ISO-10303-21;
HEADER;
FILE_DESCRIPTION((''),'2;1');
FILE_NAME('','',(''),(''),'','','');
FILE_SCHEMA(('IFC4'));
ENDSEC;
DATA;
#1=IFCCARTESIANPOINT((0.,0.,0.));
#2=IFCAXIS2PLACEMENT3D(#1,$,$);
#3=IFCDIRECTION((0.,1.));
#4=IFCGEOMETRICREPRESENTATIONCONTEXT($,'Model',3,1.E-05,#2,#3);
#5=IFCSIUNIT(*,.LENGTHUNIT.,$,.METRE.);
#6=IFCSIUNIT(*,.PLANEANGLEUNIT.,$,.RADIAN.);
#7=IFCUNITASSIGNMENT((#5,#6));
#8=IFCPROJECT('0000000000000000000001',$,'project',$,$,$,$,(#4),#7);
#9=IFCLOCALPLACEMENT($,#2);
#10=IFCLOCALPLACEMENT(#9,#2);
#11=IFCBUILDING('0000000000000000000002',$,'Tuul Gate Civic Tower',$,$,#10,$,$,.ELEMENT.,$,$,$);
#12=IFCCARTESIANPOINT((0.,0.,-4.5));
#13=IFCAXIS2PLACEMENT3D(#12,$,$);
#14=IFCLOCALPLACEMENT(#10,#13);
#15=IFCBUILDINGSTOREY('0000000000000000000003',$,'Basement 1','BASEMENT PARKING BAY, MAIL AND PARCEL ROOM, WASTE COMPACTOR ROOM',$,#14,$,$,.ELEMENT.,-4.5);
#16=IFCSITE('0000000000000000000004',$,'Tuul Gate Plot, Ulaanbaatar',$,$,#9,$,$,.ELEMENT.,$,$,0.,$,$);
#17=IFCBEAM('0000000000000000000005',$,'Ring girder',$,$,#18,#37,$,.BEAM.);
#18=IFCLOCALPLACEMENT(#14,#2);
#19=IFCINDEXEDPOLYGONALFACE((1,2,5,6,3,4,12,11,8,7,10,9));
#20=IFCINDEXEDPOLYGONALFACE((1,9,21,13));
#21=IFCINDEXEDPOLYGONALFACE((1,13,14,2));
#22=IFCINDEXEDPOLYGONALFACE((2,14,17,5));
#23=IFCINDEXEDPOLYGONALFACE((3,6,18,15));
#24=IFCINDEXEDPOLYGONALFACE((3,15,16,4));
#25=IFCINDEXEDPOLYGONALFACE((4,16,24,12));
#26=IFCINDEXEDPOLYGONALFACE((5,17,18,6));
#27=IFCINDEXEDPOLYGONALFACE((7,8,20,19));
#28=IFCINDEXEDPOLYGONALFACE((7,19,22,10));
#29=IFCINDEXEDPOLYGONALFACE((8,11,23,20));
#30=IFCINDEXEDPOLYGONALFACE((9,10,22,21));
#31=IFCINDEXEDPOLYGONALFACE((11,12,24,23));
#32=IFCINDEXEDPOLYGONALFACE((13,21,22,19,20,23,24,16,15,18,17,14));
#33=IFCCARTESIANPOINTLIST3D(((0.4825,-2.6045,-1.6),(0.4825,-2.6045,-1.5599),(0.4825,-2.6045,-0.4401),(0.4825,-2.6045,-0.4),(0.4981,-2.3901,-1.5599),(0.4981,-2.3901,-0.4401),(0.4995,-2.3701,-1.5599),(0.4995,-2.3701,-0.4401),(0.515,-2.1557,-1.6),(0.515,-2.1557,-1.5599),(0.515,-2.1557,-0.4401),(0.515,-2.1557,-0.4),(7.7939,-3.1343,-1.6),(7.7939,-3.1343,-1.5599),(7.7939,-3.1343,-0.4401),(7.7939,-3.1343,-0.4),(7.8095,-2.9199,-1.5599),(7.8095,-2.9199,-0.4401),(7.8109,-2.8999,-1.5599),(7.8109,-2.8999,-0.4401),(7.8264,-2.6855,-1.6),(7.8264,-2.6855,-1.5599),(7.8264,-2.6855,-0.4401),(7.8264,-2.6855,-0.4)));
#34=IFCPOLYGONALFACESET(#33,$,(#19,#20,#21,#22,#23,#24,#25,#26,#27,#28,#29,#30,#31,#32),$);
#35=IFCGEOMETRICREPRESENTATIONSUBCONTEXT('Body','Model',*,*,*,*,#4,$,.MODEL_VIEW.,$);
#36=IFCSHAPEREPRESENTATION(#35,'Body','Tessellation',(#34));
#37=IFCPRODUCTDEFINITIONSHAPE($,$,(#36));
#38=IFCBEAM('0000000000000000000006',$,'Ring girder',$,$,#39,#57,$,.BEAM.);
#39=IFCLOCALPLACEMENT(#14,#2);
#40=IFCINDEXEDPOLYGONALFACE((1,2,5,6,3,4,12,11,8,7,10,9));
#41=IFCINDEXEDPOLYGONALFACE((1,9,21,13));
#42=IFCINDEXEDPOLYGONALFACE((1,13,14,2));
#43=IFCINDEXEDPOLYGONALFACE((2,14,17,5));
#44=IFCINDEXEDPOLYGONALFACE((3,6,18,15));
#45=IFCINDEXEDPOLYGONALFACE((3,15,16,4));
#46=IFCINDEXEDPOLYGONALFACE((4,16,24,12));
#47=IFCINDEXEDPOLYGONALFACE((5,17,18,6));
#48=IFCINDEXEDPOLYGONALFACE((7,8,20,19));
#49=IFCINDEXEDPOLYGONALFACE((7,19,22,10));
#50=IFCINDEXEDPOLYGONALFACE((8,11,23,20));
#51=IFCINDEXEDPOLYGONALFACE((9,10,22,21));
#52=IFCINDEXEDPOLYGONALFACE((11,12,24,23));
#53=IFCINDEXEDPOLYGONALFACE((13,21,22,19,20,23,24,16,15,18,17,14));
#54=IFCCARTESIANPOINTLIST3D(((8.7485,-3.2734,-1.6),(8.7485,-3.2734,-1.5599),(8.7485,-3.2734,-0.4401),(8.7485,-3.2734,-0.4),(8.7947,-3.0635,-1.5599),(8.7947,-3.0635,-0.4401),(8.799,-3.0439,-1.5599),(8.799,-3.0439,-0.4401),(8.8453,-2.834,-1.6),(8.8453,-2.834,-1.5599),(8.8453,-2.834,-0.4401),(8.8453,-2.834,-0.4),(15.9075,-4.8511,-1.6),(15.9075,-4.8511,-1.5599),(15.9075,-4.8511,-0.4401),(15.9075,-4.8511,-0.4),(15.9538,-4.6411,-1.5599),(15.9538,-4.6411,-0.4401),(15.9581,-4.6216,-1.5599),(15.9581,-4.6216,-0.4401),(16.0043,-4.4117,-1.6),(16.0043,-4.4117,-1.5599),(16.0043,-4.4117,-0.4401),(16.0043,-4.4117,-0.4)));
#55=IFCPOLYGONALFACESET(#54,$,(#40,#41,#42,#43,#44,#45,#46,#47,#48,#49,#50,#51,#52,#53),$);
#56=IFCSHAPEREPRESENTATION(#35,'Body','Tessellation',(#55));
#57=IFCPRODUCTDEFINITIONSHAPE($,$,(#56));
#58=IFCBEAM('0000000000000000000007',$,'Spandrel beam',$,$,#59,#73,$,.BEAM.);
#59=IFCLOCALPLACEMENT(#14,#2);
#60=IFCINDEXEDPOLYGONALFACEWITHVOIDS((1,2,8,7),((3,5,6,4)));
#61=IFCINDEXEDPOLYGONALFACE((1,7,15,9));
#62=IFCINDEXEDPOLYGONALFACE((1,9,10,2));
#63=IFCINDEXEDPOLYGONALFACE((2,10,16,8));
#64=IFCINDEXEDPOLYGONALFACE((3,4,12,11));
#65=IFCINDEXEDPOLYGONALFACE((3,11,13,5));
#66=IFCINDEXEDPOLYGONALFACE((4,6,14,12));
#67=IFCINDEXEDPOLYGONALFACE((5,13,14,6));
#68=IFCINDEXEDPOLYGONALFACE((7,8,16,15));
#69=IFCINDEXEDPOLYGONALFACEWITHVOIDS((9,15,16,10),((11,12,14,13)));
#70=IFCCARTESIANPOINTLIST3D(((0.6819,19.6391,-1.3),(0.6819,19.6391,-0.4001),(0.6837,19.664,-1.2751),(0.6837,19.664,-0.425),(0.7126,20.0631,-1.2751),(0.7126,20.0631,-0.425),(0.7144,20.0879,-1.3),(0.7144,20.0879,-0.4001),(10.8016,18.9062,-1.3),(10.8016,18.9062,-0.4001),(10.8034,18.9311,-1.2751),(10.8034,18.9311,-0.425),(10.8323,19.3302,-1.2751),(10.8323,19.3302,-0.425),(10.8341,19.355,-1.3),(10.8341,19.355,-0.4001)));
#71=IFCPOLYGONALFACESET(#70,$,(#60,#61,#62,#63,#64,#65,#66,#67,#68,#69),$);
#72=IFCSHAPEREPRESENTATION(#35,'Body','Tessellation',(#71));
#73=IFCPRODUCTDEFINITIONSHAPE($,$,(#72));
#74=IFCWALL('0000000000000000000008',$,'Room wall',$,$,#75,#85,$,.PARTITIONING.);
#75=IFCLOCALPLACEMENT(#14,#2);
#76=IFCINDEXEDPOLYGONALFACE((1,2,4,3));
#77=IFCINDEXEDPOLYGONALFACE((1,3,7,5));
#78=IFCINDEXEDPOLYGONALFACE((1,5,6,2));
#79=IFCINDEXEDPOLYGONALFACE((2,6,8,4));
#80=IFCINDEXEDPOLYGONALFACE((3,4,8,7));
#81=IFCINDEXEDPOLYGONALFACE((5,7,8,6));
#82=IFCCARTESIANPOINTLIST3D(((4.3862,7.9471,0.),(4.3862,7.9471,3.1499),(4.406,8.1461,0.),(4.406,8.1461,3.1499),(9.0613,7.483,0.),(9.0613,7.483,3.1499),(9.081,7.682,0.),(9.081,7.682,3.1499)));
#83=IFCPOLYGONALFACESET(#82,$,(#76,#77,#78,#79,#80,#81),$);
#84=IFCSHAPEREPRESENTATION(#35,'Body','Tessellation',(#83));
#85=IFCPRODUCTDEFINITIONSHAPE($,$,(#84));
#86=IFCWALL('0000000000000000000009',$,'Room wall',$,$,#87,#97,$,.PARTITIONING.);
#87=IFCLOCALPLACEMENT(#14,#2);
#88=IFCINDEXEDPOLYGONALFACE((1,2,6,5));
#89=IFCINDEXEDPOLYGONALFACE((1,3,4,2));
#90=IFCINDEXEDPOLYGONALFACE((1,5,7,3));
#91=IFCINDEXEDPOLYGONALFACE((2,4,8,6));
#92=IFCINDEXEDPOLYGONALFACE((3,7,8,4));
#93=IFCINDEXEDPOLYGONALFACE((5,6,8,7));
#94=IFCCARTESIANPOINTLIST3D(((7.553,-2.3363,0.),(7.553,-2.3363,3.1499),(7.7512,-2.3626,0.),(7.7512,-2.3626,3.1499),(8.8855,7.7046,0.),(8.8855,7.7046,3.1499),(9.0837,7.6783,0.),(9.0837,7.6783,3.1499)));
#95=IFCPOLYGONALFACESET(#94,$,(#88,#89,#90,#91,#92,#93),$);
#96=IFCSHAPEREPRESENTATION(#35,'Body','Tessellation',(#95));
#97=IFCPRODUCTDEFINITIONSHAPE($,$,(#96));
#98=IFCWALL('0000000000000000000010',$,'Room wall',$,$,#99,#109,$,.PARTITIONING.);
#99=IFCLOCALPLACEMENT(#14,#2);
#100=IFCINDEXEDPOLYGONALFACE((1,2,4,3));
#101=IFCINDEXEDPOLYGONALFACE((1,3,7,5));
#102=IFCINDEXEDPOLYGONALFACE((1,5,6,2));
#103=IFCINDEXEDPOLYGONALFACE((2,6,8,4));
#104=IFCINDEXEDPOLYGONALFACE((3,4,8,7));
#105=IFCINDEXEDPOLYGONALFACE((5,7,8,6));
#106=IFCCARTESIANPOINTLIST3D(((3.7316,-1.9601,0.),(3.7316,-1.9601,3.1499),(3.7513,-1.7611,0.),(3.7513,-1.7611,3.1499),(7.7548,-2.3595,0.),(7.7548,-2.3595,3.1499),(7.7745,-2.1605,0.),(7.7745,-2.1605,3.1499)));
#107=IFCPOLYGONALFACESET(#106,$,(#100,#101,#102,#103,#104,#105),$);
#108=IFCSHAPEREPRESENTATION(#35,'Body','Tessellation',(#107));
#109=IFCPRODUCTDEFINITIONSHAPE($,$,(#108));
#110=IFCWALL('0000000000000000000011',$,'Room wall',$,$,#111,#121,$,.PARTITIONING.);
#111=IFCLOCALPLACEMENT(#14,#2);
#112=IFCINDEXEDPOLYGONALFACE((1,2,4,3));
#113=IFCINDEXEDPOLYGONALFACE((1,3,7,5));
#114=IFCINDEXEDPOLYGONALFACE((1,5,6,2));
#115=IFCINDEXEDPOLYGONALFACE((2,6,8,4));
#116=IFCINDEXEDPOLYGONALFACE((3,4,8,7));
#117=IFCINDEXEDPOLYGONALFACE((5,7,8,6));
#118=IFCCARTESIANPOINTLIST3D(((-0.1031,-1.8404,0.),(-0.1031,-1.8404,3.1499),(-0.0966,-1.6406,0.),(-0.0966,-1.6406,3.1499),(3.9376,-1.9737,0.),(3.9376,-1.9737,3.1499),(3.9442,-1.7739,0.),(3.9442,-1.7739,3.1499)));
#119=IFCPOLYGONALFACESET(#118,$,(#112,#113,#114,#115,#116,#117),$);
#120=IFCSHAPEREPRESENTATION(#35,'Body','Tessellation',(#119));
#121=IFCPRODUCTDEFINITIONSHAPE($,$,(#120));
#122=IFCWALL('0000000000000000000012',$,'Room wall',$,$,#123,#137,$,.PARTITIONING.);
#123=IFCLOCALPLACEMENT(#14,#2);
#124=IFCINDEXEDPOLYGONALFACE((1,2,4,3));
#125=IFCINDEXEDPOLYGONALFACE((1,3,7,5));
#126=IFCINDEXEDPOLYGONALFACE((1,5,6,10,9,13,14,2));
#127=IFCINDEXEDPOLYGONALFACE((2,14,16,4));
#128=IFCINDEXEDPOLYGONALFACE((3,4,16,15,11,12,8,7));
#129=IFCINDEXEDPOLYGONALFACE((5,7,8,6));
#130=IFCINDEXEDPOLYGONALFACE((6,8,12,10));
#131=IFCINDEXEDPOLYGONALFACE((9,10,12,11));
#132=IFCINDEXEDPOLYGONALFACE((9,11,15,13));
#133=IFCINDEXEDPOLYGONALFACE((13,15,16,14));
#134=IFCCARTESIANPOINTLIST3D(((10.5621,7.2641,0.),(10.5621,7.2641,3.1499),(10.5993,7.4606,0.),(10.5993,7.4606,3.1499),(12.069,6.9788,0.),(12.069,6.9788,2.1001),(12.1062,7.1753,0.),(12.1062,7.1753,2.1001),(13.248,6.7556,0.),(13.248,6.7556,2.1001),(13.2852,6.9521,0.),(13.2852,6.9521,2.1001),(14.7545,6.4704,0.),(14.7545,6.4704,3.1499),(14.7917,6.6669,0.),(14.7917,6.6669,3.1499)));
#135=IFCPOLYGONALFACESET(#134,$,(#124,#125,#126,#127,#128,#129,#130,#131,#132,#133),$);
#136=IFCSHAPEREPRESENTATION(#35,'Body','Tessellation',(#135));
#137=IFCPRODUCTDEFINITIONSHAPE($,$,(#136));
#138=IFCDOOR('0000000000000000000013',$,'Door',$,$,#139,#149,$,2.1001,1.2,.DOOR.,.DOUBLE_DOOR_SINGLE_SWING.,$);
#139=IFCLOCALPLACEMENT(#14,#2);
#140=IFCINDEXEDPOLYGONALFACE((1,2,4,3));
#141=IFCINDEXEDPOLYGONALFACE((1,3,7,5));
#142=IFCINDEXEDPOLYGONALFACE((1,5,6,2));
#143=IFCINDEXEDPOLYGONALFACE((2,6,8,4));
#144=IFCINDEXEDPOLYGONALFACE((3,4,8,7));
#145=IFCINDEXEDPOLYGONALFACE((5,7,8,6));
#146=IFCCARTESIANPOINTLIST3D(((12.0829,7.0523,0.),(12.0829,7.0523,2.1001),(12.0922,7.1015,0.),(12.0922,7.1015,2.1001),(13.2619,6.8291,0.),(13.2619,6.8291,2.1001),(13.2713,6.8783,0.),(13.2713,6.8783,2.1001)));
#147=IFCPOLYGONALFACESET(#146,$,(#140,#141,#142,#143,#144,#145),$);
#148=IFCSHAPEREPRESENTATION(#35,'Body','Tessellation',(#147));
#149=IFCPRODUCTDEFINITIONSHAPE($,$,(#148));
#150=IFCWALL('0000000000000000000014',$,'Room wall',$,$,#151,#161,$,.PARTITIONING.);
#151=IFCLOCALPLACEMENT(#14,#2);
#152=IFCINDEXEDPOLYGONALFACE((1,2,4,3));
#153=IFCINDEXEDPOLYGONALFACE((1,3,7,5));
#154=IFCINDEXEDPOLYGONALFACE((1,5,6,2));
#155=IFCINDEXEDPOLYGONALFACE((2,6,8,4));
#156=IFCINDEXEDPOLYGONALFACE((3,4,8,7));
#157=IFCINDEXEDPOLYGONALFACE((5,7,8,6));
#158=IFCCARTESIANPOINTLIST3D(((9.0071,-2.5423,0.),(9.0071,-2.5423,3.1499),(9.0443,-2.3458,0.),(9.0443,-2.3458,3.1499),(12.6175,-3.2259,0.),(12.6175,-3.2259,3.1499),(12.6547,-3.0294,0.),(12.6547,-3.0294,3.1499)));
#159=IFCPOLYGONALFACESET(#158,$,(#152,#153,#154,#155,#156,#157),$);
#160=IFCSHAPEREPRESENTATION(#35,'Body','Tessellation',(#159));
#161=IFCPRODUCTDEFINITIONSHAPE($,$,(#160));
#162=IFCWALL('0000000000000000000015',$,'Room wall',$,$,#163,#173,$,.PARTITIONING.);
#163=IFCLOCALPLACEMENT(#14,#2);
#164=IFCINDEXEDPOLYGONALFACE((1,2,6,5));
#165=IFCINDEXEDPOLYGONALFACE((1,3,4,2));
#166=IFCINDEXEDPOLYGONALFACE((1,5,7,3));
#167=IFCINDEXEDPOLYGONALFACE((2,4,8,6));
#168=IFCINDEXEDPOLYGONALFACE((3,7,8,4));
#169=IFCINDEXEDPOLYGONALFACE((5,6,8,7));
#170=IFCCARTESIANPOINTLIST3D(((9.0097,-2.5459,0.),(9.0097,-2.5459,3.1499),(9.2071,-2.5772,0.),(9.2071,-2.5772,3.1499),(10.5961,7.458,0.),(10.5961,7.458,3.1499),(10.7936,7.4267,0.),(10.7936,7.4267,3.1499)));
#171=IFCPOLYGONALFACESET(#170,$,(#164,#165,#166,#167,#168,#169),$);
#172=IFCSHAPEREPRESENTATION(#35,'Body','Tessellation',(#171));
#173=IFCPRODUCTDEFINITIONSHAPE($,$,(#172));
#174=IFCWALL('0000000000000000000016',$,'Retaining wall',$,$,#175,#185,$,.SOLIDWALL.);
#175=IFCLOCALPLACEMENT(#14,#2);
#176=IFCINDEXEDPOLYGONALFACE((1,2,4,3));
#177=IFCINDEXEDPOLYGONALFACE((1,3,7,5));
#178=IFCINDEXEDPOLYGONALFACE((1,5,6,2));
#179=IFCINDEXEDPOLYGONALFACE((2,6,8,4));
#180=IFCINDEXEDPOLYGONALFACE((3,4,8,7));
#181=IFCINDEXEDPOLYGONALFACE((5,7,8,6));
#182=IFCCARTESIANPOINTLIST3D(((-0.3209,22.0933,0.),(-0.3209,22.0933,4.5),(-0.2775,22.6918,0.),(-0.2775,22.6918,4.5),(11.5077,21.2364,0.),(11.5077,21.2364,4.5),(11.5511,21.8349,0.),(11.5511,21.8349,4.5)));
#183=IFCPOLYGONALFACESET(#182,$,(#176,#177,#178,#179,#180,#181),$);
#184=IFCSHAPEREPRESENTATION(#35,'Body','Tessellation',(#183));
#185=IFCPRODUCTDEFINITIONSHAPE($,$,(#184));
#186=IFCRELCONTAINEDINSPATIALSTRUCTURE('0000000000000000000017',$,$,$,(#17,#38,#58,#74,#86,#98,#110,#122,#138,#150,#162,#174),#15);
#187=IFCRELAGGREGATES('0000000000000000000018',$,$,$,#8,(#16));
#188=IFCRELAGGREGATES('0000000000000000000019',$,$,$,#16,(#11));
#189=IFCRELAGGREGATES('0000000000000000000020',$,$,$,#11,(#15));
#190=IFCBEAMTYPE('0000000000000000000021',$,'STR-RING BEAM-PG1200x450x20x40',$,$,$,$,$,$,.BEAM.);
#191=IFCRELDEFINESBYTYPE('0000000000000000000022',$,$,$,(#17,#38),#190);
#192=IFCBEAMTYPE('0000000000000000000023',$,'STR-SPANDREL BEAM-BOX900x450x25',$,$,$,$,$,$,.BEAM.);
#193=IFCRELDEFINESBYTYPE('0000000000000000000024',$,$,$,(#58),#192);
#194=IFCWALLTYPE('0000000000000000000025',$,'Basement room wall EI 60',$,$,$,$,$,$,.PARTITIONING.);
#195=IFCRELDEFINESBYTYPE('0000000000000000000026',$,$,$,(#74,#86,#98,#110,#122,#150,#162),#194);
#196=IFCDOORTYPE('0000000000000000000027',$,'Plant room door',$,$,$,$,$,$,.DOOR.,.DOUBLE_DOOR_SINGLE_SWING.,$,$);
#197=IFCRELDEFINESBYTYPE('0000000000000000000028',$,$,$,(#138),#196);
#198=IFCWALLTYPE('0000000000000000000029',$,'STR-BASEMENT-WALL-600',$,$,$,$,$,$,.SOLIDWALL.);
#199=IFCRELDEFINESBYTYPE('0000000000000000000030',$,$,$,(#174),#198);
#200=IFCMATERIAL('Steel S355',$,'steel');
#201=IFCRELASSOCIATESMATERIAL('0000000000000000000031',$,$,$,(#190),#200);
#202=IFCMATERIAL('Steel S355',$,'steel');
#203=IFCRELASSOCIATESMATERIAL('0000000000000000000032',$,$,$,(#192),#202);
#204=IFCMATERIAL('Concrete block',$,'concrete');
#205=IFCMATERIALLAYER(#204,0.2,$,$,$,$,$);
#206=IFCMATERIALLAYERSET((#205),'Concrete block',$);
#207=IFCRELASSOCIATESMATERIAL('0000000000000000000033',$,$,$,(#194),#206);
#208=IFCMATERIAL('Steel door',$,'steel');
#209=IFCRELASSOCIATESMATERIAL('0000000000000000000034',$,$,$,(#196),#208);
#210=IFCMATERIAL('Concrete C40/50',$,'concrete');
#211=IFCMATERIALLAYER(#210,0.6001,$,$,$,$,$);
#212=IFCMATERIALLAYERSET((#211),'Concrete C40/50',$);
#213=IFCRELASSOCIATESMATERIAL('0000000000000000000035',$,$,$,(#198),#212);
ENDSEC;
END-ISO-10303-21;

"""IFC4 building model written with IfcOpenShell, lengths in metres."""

from ifc_helpers import new_model, si_unit, direction, frame, frame_2d, origin, origin_2d, place, context, subcontext, project, spatial, rectangle, hollow_rectangle, i_section, extrude, material, layer, layer_set, material_profile, profile_set, type_object, element, fill, save


model = new_model("IFC4")

# Units and contexts
model_context = context("Model", 3, precision=1e-05, world=origin(), true_north=direction((0.0, 1.0)))
body_context = subcontext(model_context, "Body", "Model", "MODEL_VIEW")
ifc_project = project(units=[si_unit("LENGTHUNIT", "METRE"), si_unit("PLANEANGLEUNIT", "RADIAN")], contexts=[model_context])

# Site, building, storey
site_placement = place(None, origin())
site = spatial("IfcSite", under=ifc_project, at=site_placement, Name="Tuul Gate Plot, Ulaanbaatar", CompositionType="ELEMENT", RefElevation=0.0)
building_placement = place(site_placement, origin())
building = spatial("IfcBuilding", under=site, at=building_placement, Name="Tuul Gate Civic Tower", CompositionType="ELEMENT")
storey_placement = place(building_placement, frame((0.0, 0.0, -4.5)))
storey = spatial("IfcBuildingStorey", under=building, at=storey_placement, Name="Basement 1", Description="BASEMENT PARKING BAY, MAIL AND PARCEL ROOM, WASTE COMPACTOR ROOM", CompositionType="ELEMENT", Elevation=-4.5)

# Beams
ifc_material_1 = material(Name="Steel S355", Category="steel")
ifc_material_profile_1 = material_profile(ifc_material_1, i_section(OverallWidth=0.45, OverallDepth=1.2, WebThickness=0.02, FlangeThickness=0.04, at=origin_2d()), Name="PG1200x450x20x40")
ifc_profile_set_1 = profile_set([ifc_material_profile_1], Name="Steel S355")
beam_type_1 = type_object("IfcBeamType", Name="STR-RING BEAM-PG1200x450x20x40", PredefinedType="BEAM", material=ifc_profile_set_1)
beam_1_placement = place(storey_placement, frame((0.4988, -2.3801, -1.0), z_axis=(0.997385, -0.072272, 0.0), x_axis=(0.072272, 0.997385, 0.0)))
element("IfcBeam", 1, at=beam_1_placement, inside=storey, type_object=beam_type_1, Name="Ring girder", PredefinedType="BEAM", context=body_context, shape_type="SweptSolid", body=[
    extrude(i_section(OverallWidth=0.45, OverallDepth=1.2, WebThickness=0.02, FlangeThickness=0.04, at=origin_2d()), origin(), (0.0, 0.0, 1.0), 7.3306),
])
beam_2_placement = place(storey_placement, frame((8.7969, -3.0537, -1.0), z_axis=(0.976568, -0.215209, 0.0), x_axis=(0.215209, 0.976568, 0.0)))
element("IfcBeam", 2, at=beam_2_placement, inside=storey, type_object=beam_type_1, Name="Ring girder", PredefinedType="BEAM", context=body_context, shape_type="SweptSolid", body=[
    extrude(i_section(OverallWidth=0.45, OverallDepth=1.2, WebThickness=0.02, FlangeThickness=0.04, at=origin_2d()), origin(), (0.0, 0.0, 1.0), 7.3308),
])
ifc_material_2 = material(Name="Steel S355", Category="steel")
ifc_material_profile_2 = material_profile(ifc_material_2, hollow_rectangle(XDim=0.45, YDim=0.8999, WallThickness=0.0249, at=origin_2d()), Name="BOX900x450x25")
ifc_profile_set_2 = profile_set([ifc_material_profile_2], Name="Steel S355")
beam_type_2 = type_object("IfcBeamType", Name="STR-SPANDREL BEAM-BOX900x450x25", PredefinedType="BEAM", material=ifc_profile_set_2)
beam_3_placement = place(storey_placement, frame((10.8179, 19.1306, -0.8501), z_axis=(-0.997388, 0.072235, 0.0), x_axis=(-0.072235, -0.997388, 0.0)))
element("IfcBeam", 3, at=beam_3_placement, inside=storey, type_object=beam_type_2, Name="Spandrel beam", PredefinedType="BEAM", context=body_context, shape_type="SweptSolid", body=[
    extrude(hollow_rectangle(XDim=0.45, YDim=0.8999, WallThickness=0.0249, at=origin_2d()), origin(), (0.0, 0.0, 1.0), 10.1462),
])

# Walls
ifc_material_3 = material(Name="Concrete block", Category="concrete")
ifc_layer_1 = layer(ifc_material_3, 0.2)
ifc_layer_set_1 = layer_set([ifc_layer_1], Name="Concrete block")
wall_type_1 = type_object("IfcWallType", Name="Basement room wall EI 60", PredefinedType="PARTITIONING", material=ifc_layer_set_1)
wall_1_placement = place(storey_placement, frame((4.396, 8.0466, 0.0), z_axis=(0.0, 0.0, 1.0), x_axis=(0.995108, -0.098789, 0.0)))
element("IfcWall", 4, at=wall_1_placement, inside=storey, type_object=wall_type_1, Name="Room wall", PredefinedType="PARTITIONING", context=body_context, shape_type="SweptSolid", body=[
    extrude(rectangle(XDim=4.698, YDim=0.2, at=frame_2d((2.3491, 0.0))), origin(), (0.0, 0.0, 1.0), 3.1499),
])
wall_2_placement = place(storey_placement, frame((8.9846, 7.6914, 0.0), z_axis=(0.0, 0.0, 1.0), x_axis=(-0.131557, -0.991309, 0.0)))
element("IfcWall", 5, at=wall_2_placement, inside=storey, type_object=wall_type_1, Name="Room wall", PredefinedType="PARTITIONING", context=body_context, shape_type="SweptSolid", body=[
    extrude(rectangle(XDim=10.1289, YDim=0.2, at=frame_2d((5.0645, 0.0))), origin(), (0.0, 0.0, 1.0), 3.1499),
])
for number, where, z_axis, x_axis, name in (
    (6, (7.7646, -2.26, 0.0), (0.0, 0.0, 1.0), (-0.995108, 0.098792, 0.0), "Room wall"),
    (7, (3.9409, -1.8738, 0.0), (0.0, 0.0, 1.0), (-0.999456, 0.032971, 0.0), "Room wall"),
):
    element("IfcWall", number, at=place(storey_placement, frame(where, z_axis=z_axis, x_axis=x_axis)), inside=storey, type_object=wall_type_1, Name=name, PredefinedType="PARTITIONING", context=body_context, shape_type="SweptSolid", body=[
        extrude(rectangle(XDim=4.043, YDim=0.2, at=frame_2d((2.0215, 0.0))), origin(), (0.0, 0.0, 1.0), 3.1499),
    ])

# Wall, opening, door
wall_3_placement = place(storey_placement, frame((10.5808, 7.3623, 0.0), z_axis=(0.0, 0.0, 1.0), x_axis=(0.982547, -0.186016, 0.0)))
wall_3 = element("IfcWall", 8, at=wall_3_placement, inside=storey, type_object=wall_type_1, Name="Room wall", PredefinedType="PARTITIONING", context=body_context, shape_type="SweptSolid", body=[
    extrude(rectangle(XDim=4.2668, YDim=0.2, at=frame_2d((2.1333, 0.0))), origin(), (0.0, 0.0, 1.0), 3.1499),
])
opening_placement = place(wall_3_placement, frame((1.5334, 0.0, 0.0)))
opening = element("IfcOpeningElement", 9, at=opening_placement, cuts=wall_3, PredefinedType="OPENING", context=body_context, shape_type="SweptSolid", body=[
    extrude(rectangle(XDim=1.2, YDim=2.1001, at=frame_2d((0.6001, 1.05))), frame((0.0, 0.1099, 0.0), z_axis=(0.0, -1.0, 0.0), x_axis=(1.0, 0.0, 0.0)), (0.0, 0.0, 1.0), 0.22),
])
ifc_material_4 = material(Name="Steel door", Category="steel")
door_type = type_object("IfcDoorType", Name="Plant room door", OperationType="DOUBLE_DOOR_SINGLE_SWING", PredefinedType="DOOR", material=ifc_material_4)
door_placement = place(opening_placement, origin())
door = element("IfcDoor", 10, at=door_placement, inside=storey, type_object=door_type, Name="Door", OperationType="DOUBLE_DOOR_SINGLE_SWING", OverallHeight=2.1001, OverallWidth=1.2, PredefinedType="DOOR", context=body_context, shape_type="SweptSolid", body=[
    extrude(rectangle(XDim=1.2, YDim=2.1001, at=frame_2d((0.6001, 1.05))), frame((0.0, 0.0249, 0.0), z_axis=(0.0, -1.0, 0.0), x_axis=(1.0, 0.0, 0.0)), (0.0, 0.0, 1.0), 0.05),
])
fill(opening, door)

# Walls
wall_4_placement = place(storey_placement, frame((12.6362, -3.1277, 0.0), z_axis=(0.0, 0.0, 1.0), x_axis=(-0.982543, 0.186037, 0.0)))
element("IfcWall", 11, at=wall_4_placement, inside=storey, type_object=wall_type_1, Name="Room wall", PredefinedType="PARTITIONING", context=body_context, shape_type="SweptSolid", body=[
    extrude(rectangle(XDim=3.6746, YDim=0.2, at=frame_2d((1.8374, 0.0))), origin(), (0.0, 0.0, 1.0), 3.1499),
])
wall_5_placement = place(storey_placement, frame((9.1084, -2.5615, 0.0), z_axis=(0.0, 0.0, 1.0), x_axis=(0.156623, 0.987658, 0.0)))
element("IfcWall", 12, at=wall_5_placement, inside=storey, type_object=wall_type_1, Name="Room wall", PredefinedType="PARTITIONING", context=body_context, shape_type="SweptSolid", body=[
    extrude(rectangle(XDim=10.1289, YDim=0.2, at=frame_2d((5.0645, 0.0))), origin(), (0.0, 0.0, 1.0), 3.1499),
])
ifc_material_5 = material(Name="Concrete C40/50", Category="concrete")
ifc_layer_2 = layer(ifc_material_5, 0.6001)
ifc_layer_set_2 = layer_set([ifc_layer_2], Name="Concrete C40/50")
wall_type_2 = type_object("IfcWallType", Name="STR-BASEMENT-WALL-600", PredefinedType="SOLIDWALL", material=ifc_layer_set_2)
wall_6_placement = place(storey_placement, frame((11.5293, 21.5356, 0.0), z_axis=(0.0, 0.0, 1.0), x_axis=(-0.997386, 0.072256, 0.0)))
element("IfcWall", 13, at=wall_6_placement, inside=storey, type_object=wall_type_2, Name="Retaining wall", PredefinedType="SOLIDWALL", context=body_context, shape_type="SweptSolid", body=[
    extrude(rectangle(XDim=11.8596, YDim=0.6001, at=frame_2d((5.9297, 0.0))), origin(), (0.0, 0.0, 1.0), 4.5),
])

save(model, "model.ifc")
